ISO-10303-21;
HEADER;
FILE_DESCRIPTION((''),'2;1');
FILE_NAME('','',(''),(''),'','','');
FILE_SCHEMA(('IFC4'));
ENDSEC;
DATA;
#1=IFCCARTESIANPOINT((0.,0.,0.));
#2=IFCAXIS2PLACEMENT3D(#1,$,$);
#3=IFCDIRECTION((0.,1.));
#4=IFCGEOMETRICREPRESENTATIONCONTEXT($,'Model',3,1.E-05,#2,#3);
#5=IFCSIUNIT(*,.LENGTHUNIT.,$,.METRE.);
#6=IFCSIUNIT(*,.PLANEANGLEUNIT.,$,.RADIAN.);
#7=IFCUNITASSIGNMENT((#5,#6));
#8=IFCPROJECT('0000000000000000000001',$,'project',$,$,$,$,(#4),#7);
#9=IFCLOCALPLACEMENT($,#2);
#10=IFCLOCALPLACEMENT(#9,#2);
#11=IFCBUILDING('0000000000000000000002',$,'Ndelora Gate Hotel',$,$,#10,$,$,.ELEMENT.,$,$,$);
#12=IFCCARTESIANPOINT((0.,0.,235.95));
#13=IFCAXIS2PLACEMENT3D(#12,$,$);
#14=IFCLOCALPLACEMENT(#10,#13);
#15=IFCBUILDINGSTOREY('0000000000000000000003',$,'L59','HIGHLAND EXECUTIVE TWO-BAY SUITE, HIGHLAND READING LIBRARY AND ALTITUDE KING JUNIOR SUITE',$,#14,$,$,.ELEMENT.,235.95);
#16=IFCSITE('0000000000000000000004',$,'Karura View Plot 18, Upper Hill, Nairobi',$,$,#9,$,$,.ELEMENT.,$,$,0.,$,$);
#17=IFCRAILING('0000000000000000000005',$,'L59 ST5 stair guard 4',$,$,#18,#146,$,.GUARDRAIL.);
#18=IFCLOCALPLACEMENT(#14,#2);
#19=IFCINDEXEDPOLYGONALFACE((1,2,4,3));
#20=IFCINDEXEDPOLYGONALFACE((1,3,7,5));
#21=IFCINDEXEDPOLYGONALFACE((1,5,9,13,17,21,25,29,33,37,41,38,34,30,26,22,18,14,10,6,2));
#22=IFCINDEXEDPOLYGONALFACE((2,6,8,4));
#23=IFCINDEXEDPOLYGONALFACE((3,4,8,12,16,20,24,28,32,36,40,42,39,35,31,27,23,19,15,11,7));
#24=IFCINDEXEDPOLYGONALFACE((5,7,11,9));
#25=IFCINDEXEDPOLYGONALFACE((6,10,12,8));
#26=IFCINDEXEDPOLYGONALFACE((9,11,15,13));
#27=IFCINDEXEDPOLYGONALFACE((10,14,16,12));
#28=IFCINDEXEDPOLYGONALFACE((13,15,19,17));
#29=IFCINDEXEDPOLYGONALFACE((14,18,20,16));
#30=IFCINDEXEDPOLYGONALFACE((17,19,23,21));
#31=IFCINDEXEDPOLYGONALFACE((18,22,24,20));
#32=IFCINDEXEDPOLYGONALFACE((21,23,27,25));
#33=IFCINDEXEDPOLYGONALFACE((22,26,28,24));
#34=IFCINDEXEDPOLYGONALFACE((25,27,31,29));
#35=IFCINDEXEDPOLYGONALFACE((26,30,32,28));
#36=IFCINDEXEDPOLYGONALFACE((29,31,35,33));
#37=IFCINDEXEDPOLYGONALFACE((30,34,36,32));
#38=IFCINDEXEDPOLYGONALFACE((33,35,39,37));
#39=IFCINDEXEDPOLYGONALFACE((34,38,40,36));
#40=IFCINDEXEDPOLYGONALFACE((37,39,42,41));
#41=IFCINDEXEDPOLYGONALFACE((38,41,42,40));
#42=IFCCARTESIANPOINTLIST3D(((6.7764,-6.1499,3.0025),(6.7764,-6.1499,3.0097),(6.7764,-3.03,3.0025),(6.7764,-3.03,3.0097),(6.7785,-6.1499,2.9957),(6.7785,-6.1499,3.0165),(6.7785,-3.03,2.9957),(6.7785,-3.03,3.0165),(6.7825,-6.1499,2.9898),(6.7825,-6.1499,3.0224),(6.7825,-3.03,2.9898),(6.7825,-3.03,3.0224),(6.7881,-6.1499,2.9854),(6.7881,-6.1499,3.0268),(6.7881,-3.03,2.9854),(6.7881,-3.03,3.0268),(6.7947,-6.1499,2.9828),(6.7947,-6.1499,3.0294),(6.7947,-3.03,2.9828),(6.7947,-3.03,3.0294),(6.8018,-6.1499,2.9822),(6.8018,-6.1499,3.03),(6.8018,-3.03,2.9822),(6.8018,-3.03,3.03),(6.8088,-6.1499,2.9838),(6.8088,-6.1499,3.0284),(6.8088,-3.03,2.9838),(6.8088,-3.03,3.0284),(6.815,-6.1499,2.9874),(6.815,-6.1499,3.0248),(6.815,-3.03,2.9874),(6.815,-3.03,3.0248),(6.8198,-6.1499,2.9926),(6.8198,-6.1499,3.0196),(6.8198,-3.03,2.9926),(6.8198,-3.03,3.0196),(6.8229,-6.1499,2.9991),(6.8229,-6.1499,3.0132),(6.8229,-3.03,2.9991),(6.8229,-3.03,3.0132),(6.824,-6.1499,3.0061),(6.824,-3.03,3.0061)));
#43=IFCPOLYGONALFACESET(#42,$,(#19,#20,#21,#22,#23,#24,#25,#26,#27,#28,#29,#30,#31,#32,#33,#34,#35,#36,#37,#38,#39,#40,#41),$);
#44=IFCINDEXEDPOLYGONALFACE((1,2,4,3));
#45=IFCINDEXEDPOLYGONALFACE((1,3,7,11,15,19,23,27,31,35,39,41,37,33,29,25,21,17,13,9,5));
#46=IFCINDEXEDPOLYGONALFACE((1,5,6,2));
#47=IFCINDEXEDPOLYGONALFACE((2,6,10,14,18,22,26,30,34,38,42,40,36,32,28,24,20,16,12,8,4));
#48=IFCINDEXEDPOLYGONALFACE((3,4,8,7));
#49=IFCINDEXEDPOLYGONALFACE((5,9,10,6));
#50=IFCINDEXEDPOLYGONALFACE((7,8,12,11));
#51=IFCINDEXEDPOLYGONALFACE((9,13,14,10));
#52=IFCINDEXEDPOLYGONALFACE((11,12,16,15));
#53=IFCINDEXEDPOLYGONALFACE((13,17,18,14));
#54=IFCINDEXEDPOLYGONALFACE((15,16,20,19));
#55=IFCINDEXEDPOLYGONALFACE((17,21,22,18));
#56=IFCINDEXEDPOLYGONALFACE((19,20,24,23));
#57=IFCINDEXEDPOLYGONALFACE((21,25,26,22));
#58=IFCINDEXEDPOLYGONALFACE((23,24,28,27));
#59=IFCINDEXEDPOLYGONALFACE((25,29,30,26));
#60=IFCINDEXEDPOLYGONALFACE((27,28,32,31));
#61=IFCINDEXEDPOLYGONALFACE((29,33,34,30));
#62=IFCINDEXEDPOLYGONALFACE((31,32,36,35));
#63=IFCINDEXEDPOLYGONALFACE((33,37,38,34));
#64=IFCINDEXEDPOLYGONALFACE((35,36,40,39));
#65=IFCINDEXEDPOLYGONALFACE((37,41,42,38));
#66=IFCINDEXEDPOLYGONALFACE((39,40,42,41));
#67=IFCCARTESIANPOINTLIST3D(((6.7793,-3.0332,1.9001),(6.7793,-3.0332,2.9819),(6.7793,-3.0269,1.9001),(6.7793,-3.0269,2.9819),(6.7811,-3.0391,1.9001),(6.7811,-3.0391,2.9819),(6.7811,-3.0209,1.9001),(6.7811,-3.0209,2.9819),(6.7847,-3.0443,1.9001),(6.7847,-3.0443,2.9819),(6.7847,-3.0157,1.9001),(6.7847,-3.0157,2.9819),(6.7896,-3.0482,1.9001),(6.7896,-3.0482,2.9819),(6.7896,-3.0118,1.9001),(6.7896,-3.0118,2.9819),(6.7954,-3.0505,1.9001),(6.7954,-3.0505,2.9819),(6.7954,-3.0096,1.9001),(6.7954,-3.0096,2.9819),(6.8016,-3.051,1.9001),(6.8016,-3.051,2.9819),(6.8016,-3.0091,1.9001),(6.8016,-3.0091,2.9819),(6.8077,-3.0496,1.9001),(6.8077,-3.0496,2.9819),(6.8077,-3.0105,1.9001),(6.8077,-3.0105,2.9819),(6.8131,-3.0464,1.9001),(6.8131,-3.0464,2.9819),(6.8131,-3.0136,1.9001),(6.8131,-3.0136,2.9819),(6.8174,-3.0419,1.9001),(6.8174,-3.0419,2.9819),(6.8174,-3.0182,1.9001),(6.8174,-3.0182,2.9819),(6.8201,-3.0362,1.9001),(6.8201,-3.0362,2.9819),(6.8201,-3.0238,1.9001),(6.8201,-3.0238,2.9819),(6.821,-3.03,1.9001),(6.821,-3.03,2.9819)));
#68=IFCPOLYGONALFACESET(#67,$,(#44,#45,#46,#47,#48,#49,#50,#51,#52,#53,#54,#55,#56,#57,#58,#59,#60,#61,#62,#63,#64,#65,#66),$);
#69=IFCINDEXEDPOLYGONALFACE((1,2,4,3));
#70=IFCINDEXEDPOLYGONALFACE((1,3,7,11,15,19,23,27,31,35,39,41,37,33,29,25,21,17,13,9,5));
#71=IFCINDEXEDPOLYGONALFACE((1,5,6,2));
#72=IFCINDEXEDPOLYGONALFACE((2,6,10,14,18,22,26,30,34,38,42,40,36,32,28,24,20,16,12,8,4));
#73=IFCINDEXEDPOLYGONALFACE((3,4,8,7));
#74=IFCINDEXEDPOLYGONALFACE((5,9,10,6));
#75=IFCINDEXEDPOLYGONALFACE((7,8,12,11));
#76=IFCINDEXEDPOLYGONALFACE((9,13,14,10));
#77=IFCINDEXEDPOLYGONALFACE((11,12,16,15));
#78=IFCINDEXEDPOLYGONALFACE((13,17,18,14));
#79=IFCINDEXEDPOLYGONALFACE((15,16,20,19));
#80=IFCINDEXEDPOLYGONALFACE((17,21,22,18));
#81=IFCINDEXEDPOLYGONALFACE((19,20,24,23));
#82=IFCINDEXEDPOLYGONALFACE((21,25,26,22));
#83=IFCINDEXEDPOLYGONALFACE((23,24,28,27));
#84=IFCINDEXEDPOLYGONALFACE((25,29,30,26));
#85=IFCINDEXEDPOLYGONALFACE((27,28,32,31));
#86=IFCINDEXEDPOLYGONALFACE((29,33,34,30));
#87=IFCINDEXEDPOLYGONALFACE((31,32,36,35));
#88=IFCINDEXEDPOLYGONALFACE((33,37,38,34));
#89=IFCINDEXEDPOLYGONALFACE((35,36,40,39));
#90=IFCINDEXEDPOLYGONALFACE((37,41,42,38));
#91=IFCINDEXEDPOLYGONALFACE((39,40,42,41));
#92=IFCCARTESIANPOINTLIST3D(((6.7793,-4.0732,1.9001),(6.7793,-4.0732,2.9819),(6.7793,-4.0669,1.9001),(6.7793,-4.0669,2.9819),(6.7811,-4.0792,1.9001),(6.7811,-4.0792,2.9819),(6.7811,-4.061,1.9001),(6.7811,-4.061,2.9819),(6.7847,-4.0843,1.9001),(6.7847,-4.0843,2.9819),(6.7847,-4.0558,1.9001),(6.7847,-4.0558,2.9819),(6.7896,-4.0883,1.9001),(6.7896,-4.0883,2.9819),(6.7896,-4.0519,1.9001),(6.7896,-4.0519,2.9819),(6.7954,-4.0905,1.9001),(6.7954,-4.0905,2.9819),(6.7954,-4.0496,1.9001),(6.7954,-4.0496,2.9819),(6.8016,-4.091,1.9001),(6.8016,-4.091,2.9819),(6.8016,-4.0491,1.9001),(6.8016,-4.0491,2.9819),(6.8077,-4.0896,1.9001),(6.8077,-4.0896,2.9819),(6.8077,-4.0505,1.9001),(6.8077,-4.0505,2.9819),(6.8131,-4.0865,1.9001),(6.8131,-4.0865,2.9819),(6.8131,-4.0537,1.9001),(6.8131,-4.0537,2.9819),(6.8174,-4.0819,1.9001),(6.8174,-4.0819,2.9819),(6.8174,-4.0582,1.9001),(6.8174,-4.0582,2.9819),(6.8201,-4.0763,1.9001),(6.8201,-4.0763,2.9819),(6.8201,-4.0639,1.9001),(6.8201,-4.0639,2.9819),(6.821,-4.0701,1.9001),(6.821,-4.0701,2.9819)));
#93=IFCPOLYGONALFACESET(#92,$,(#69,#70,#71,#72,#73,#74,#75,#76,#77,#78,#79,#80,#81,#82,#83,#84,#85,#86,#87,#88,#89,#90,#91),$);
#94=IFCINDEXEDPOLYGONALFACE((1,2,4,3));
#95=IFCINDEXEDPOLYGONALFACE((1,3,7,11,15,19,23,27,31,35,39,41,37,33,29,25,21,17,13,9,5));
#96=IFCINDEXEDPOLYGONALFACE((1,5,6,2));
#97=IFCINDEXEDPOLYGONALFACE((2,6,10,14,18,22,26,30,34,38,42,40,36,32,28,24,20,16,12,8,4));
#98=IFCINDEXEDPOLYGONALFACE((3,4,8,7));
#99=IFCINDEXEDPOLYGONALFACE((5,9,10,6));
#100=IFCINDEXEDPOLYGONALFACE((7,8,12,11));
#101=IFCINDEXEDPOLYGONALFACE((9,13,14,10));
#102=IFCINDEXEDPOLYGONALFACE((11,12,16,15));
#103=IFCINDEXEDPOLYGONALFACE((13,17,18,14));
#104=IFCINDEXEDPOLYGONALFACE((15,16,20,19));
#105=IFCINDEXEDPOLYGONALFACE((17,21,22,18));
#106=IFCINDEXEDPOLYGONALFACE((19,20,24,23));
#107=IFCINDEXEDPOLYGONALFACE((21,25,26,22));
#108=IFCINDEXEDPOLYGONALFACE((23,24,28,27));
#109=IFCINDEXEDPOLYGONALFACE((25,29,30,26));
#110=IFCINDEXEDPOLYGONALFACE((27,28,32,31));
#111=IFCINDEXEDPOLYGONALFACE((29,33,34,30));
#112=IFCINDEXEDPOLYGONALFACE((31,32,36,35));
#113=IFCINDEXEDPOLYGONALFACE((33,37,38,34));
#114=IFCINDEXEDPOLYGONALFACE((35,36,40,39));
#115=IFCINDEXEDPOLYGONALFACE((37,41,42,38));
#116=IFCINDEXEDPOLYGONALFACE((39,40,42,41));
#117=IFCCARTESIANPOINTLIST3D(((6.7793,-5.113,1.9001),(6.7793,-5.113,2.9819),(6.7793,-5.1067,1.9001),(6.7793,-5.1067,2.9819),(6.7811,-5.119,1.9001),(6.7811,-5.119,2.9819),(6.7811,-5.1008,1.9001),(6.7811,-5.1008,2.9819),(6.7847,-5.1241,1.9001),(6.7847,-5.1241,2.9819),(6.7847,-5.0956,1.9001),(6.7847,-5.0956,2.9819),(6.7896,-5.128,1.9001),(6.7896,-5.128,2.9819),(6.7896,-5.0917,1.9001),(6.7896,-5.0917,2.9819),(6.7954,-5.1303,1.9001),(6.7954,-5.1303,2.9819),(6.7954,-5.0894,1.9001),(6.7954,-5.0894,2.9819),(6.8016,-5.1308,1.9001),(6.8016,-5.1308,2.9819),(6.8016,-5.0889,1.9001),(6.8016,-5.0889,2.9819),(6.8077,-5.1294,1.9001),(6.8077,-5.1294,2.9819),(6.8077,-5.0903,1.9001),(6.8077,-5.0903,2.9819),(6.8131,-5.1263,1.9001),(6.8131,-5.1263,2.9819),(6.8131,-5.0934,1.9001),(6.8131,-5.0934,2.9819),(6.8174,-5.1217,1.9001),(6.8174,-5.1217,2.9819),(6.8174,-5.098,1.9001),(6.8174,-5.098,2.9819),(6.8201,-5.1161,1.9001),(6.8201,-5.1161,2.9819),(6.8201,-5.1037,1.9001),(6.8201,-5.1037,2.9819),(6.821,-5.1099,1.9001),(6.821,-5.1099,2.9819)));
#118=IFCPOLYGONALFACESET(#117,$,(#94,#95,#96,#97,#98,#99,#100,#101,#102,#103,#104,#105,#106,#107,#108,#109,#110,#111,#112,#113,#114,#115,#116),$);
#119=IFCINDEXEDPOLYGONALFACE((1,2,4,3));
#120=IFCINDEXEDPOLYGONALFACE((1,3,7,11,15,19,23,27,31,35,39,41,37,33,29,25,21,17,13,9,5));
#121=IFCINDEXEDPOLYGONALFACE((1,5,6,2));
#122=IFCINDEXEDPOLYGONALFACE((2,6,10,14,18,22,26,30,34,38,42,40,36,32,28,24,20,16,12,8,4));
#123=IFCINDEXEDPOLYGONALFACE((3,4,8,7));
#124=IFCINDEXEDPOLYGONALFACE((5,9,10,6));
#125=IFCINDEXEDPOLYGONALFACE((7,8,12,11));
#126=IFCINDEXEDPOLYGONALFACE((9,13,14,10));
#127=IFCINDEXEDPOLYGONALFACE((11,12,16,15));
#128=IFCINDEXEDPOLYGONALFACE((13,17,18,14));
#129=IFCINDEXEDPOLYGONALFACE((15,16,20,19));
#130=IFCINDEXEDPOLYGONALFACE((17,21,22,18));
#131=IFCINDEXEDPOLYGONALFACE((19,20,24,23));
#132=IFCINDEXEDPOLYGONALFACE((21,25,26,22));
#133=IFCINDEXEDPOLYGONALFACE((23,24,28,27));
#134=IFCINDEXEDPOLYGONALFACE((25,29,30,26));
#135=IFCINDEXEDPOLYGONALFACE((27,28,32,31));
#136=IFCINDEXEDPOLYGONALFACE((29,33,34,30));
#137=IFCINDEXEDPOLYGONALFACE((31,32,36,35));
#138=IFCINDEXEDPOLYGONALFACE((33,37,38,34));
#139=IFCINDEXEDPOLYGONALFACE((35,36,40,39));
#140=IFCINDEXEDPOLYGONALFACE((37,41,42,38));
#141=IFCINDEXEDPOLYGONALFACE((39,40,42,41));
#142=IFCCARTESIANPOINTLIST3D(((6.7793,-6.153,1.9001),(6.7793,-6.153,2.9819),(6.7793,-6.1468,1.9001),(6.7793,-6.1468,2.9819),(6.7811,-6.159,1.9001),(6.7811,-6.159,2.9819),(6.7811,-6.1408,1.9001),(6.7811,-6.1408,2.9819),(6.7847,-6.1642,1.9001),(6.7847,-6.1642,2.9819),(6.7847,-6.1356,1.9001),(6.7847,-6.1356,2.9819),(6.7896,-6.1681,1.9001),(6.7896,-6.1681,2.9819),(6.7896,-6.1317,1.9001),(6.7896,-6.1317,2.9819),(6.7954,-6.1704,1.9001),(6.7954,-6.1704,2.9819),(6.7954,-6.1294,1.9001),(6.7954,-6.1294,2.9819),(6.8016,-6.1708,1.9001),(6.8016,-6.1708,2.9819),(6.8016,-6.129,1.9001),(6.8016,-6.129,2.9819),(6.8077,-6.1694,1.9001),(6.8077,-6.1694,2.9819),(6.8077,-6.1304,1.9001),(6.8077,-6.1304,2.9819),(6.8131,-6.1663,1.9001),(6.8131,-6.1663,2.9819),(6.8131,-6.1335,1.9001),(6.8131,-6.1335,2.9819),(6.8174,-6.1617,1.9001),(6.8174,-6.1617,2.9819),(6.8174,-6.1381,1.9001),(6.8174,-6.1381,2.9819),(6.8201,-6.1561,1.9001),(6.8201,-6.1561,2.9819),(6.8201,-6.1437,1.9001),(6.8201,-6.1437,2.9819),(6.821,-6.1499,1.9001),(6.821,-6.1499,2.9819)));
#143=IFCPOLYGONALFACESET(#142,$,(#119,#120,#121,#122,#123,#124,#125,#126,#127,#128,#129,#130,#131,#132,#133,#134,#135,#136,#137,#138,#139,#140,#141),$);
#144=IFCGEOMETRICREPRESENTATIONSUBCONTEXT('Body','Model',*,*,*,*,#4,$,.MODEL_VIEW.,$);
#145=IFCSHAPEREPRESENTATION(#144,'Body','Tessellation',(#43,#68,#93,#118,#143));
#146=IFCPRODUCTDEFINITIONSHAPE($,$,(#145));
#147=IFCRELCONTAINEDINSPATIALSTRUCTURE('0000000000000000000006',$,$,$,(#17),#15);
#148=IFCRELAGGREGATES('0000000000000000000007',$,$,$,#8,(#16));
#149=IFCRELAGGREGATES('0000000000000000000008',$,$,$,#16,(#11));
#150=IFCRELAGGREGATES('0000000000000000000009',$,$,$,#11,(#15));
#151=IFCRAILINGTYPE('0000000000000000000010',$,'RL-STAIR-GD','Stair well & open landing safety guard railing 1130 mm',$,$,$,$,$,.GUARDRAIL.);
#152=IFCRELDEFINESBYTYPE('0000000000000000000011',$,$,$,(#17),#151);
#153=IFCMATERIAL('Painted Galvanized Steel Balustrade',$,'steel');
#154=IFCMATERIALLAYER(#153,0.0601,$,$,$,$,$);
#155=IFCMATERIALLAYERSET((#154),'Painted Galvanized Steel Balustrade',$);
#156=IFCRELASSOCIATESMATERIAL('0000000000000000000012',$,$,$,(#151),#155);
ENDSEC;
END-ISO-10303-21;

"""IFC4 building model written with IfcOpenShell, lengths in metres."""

from ifc_helpers import new_model, si_unit, direction, frame, origin, origin_2d, place, context, subcontext, project, spatial, circle, extrude, material, layer, layer_set, type_object, element, save


model = new_model("IFC4")

# Units and contexts
model_context = context("Model", 3, precision=1e-05, world=origin(), true_north=direction((0.0, 1.0)))
body_context = subcontext(model_context, "Body", "Model", "MODEL_VIEW")
ifc_project = project(units=[si_unit("LENGTHUNIT", "METRE"), si_unit("PLANEANGLEUNIT", "RADIAN")], contexts=[model_context])

# Site, building, storey
site_placement = place(None, origin())
site = spatial("IfcSite", under=ifc_project, at=site_placement, Name="Karura View Plot 18, Upper Hill, Nairobi", CompositionType="ELEMENT", RefElevation=0.0)
building_placement = place(site_placement, origin())
building = spatial("IfcBuilding", under=site, at=building_placement, Name="Ndelora Gate Hotel", CompositionType="ELEMENT")
storey_placement = place(building_placement, frame((0.0, 0.0, 235.95)))
storey = spatial("IfcBuildingStorey", under=building, at=storey_placement, Name="L59", Description="HIGHLAND EXECUTIVE TWO-BAY SUITE, HIGHLAND READING LIBRARY AND ALTITUDE KING JUNIOR SUITE", CompositionType="ELEMENT", Elevation=235.95)

# Railing
ifc_material_1 = material(Name="Painted Galvanized Steel Balustrade", Category="steel")
ifc_layer_1 = layer(ifc_material_1, 0.0601)
ifc_layer_set_1 = layer_set([ifc_layer_1], Name="Painted Galvanized Steel Balustrade")
railing_type_1 = type_object("IfcRailingType", Name="RL-STAIR-GD", Description="Stair well & open landing safety guard railing 1130 mm", PredefinedType="GUARDRAIL", material=ifc_layer_set_1)
for number, where, name in (
    (1, (6.8, -3.03, 1.9001), "L59 ST5 stair guard 4"),
):
    element("IfcRailing", number, at=place(storey_placement, frame(where)), inside=storey, type_object=railing_type_1, Name=name, PredefinedType="GUARDRAIL", context=body_context, shape_type="SweptSolid", body=[
        extrude(circle(Radius=0.0239, at=origin_2d()), frame((0.0, 0.0, 1.106), z_axis=(0.0, -1.0, 0.0), x_axis=(1.0, 0.0, 0.0)), (0.0, 0.0, 1.0), 3.1199),
        extrude(circle(Radius=0.021, at=origin_2d()), origin(), (0.0, 0.0, 1.0), 1.0818),
        extrude(circle(Radius=0.021, at=origin_2d()), frame((0.0, -1.04, 0.0)), (0.0, 0.0, 1.0), 1.0818),
        extrude(circle(Radius=0.021, at=origin_2d()), frame((0.0, -2.0798, 0.0)), (0.0, 0.0, 1.0), 1.0818),
        extrude(circle(Radius=0.021, at=origin_2d()), frame((0.0, -3.1199, 0.0)), (0.0, 0.0, 1.0), 1.0818),
    ])

save(model, "model.ifc")
